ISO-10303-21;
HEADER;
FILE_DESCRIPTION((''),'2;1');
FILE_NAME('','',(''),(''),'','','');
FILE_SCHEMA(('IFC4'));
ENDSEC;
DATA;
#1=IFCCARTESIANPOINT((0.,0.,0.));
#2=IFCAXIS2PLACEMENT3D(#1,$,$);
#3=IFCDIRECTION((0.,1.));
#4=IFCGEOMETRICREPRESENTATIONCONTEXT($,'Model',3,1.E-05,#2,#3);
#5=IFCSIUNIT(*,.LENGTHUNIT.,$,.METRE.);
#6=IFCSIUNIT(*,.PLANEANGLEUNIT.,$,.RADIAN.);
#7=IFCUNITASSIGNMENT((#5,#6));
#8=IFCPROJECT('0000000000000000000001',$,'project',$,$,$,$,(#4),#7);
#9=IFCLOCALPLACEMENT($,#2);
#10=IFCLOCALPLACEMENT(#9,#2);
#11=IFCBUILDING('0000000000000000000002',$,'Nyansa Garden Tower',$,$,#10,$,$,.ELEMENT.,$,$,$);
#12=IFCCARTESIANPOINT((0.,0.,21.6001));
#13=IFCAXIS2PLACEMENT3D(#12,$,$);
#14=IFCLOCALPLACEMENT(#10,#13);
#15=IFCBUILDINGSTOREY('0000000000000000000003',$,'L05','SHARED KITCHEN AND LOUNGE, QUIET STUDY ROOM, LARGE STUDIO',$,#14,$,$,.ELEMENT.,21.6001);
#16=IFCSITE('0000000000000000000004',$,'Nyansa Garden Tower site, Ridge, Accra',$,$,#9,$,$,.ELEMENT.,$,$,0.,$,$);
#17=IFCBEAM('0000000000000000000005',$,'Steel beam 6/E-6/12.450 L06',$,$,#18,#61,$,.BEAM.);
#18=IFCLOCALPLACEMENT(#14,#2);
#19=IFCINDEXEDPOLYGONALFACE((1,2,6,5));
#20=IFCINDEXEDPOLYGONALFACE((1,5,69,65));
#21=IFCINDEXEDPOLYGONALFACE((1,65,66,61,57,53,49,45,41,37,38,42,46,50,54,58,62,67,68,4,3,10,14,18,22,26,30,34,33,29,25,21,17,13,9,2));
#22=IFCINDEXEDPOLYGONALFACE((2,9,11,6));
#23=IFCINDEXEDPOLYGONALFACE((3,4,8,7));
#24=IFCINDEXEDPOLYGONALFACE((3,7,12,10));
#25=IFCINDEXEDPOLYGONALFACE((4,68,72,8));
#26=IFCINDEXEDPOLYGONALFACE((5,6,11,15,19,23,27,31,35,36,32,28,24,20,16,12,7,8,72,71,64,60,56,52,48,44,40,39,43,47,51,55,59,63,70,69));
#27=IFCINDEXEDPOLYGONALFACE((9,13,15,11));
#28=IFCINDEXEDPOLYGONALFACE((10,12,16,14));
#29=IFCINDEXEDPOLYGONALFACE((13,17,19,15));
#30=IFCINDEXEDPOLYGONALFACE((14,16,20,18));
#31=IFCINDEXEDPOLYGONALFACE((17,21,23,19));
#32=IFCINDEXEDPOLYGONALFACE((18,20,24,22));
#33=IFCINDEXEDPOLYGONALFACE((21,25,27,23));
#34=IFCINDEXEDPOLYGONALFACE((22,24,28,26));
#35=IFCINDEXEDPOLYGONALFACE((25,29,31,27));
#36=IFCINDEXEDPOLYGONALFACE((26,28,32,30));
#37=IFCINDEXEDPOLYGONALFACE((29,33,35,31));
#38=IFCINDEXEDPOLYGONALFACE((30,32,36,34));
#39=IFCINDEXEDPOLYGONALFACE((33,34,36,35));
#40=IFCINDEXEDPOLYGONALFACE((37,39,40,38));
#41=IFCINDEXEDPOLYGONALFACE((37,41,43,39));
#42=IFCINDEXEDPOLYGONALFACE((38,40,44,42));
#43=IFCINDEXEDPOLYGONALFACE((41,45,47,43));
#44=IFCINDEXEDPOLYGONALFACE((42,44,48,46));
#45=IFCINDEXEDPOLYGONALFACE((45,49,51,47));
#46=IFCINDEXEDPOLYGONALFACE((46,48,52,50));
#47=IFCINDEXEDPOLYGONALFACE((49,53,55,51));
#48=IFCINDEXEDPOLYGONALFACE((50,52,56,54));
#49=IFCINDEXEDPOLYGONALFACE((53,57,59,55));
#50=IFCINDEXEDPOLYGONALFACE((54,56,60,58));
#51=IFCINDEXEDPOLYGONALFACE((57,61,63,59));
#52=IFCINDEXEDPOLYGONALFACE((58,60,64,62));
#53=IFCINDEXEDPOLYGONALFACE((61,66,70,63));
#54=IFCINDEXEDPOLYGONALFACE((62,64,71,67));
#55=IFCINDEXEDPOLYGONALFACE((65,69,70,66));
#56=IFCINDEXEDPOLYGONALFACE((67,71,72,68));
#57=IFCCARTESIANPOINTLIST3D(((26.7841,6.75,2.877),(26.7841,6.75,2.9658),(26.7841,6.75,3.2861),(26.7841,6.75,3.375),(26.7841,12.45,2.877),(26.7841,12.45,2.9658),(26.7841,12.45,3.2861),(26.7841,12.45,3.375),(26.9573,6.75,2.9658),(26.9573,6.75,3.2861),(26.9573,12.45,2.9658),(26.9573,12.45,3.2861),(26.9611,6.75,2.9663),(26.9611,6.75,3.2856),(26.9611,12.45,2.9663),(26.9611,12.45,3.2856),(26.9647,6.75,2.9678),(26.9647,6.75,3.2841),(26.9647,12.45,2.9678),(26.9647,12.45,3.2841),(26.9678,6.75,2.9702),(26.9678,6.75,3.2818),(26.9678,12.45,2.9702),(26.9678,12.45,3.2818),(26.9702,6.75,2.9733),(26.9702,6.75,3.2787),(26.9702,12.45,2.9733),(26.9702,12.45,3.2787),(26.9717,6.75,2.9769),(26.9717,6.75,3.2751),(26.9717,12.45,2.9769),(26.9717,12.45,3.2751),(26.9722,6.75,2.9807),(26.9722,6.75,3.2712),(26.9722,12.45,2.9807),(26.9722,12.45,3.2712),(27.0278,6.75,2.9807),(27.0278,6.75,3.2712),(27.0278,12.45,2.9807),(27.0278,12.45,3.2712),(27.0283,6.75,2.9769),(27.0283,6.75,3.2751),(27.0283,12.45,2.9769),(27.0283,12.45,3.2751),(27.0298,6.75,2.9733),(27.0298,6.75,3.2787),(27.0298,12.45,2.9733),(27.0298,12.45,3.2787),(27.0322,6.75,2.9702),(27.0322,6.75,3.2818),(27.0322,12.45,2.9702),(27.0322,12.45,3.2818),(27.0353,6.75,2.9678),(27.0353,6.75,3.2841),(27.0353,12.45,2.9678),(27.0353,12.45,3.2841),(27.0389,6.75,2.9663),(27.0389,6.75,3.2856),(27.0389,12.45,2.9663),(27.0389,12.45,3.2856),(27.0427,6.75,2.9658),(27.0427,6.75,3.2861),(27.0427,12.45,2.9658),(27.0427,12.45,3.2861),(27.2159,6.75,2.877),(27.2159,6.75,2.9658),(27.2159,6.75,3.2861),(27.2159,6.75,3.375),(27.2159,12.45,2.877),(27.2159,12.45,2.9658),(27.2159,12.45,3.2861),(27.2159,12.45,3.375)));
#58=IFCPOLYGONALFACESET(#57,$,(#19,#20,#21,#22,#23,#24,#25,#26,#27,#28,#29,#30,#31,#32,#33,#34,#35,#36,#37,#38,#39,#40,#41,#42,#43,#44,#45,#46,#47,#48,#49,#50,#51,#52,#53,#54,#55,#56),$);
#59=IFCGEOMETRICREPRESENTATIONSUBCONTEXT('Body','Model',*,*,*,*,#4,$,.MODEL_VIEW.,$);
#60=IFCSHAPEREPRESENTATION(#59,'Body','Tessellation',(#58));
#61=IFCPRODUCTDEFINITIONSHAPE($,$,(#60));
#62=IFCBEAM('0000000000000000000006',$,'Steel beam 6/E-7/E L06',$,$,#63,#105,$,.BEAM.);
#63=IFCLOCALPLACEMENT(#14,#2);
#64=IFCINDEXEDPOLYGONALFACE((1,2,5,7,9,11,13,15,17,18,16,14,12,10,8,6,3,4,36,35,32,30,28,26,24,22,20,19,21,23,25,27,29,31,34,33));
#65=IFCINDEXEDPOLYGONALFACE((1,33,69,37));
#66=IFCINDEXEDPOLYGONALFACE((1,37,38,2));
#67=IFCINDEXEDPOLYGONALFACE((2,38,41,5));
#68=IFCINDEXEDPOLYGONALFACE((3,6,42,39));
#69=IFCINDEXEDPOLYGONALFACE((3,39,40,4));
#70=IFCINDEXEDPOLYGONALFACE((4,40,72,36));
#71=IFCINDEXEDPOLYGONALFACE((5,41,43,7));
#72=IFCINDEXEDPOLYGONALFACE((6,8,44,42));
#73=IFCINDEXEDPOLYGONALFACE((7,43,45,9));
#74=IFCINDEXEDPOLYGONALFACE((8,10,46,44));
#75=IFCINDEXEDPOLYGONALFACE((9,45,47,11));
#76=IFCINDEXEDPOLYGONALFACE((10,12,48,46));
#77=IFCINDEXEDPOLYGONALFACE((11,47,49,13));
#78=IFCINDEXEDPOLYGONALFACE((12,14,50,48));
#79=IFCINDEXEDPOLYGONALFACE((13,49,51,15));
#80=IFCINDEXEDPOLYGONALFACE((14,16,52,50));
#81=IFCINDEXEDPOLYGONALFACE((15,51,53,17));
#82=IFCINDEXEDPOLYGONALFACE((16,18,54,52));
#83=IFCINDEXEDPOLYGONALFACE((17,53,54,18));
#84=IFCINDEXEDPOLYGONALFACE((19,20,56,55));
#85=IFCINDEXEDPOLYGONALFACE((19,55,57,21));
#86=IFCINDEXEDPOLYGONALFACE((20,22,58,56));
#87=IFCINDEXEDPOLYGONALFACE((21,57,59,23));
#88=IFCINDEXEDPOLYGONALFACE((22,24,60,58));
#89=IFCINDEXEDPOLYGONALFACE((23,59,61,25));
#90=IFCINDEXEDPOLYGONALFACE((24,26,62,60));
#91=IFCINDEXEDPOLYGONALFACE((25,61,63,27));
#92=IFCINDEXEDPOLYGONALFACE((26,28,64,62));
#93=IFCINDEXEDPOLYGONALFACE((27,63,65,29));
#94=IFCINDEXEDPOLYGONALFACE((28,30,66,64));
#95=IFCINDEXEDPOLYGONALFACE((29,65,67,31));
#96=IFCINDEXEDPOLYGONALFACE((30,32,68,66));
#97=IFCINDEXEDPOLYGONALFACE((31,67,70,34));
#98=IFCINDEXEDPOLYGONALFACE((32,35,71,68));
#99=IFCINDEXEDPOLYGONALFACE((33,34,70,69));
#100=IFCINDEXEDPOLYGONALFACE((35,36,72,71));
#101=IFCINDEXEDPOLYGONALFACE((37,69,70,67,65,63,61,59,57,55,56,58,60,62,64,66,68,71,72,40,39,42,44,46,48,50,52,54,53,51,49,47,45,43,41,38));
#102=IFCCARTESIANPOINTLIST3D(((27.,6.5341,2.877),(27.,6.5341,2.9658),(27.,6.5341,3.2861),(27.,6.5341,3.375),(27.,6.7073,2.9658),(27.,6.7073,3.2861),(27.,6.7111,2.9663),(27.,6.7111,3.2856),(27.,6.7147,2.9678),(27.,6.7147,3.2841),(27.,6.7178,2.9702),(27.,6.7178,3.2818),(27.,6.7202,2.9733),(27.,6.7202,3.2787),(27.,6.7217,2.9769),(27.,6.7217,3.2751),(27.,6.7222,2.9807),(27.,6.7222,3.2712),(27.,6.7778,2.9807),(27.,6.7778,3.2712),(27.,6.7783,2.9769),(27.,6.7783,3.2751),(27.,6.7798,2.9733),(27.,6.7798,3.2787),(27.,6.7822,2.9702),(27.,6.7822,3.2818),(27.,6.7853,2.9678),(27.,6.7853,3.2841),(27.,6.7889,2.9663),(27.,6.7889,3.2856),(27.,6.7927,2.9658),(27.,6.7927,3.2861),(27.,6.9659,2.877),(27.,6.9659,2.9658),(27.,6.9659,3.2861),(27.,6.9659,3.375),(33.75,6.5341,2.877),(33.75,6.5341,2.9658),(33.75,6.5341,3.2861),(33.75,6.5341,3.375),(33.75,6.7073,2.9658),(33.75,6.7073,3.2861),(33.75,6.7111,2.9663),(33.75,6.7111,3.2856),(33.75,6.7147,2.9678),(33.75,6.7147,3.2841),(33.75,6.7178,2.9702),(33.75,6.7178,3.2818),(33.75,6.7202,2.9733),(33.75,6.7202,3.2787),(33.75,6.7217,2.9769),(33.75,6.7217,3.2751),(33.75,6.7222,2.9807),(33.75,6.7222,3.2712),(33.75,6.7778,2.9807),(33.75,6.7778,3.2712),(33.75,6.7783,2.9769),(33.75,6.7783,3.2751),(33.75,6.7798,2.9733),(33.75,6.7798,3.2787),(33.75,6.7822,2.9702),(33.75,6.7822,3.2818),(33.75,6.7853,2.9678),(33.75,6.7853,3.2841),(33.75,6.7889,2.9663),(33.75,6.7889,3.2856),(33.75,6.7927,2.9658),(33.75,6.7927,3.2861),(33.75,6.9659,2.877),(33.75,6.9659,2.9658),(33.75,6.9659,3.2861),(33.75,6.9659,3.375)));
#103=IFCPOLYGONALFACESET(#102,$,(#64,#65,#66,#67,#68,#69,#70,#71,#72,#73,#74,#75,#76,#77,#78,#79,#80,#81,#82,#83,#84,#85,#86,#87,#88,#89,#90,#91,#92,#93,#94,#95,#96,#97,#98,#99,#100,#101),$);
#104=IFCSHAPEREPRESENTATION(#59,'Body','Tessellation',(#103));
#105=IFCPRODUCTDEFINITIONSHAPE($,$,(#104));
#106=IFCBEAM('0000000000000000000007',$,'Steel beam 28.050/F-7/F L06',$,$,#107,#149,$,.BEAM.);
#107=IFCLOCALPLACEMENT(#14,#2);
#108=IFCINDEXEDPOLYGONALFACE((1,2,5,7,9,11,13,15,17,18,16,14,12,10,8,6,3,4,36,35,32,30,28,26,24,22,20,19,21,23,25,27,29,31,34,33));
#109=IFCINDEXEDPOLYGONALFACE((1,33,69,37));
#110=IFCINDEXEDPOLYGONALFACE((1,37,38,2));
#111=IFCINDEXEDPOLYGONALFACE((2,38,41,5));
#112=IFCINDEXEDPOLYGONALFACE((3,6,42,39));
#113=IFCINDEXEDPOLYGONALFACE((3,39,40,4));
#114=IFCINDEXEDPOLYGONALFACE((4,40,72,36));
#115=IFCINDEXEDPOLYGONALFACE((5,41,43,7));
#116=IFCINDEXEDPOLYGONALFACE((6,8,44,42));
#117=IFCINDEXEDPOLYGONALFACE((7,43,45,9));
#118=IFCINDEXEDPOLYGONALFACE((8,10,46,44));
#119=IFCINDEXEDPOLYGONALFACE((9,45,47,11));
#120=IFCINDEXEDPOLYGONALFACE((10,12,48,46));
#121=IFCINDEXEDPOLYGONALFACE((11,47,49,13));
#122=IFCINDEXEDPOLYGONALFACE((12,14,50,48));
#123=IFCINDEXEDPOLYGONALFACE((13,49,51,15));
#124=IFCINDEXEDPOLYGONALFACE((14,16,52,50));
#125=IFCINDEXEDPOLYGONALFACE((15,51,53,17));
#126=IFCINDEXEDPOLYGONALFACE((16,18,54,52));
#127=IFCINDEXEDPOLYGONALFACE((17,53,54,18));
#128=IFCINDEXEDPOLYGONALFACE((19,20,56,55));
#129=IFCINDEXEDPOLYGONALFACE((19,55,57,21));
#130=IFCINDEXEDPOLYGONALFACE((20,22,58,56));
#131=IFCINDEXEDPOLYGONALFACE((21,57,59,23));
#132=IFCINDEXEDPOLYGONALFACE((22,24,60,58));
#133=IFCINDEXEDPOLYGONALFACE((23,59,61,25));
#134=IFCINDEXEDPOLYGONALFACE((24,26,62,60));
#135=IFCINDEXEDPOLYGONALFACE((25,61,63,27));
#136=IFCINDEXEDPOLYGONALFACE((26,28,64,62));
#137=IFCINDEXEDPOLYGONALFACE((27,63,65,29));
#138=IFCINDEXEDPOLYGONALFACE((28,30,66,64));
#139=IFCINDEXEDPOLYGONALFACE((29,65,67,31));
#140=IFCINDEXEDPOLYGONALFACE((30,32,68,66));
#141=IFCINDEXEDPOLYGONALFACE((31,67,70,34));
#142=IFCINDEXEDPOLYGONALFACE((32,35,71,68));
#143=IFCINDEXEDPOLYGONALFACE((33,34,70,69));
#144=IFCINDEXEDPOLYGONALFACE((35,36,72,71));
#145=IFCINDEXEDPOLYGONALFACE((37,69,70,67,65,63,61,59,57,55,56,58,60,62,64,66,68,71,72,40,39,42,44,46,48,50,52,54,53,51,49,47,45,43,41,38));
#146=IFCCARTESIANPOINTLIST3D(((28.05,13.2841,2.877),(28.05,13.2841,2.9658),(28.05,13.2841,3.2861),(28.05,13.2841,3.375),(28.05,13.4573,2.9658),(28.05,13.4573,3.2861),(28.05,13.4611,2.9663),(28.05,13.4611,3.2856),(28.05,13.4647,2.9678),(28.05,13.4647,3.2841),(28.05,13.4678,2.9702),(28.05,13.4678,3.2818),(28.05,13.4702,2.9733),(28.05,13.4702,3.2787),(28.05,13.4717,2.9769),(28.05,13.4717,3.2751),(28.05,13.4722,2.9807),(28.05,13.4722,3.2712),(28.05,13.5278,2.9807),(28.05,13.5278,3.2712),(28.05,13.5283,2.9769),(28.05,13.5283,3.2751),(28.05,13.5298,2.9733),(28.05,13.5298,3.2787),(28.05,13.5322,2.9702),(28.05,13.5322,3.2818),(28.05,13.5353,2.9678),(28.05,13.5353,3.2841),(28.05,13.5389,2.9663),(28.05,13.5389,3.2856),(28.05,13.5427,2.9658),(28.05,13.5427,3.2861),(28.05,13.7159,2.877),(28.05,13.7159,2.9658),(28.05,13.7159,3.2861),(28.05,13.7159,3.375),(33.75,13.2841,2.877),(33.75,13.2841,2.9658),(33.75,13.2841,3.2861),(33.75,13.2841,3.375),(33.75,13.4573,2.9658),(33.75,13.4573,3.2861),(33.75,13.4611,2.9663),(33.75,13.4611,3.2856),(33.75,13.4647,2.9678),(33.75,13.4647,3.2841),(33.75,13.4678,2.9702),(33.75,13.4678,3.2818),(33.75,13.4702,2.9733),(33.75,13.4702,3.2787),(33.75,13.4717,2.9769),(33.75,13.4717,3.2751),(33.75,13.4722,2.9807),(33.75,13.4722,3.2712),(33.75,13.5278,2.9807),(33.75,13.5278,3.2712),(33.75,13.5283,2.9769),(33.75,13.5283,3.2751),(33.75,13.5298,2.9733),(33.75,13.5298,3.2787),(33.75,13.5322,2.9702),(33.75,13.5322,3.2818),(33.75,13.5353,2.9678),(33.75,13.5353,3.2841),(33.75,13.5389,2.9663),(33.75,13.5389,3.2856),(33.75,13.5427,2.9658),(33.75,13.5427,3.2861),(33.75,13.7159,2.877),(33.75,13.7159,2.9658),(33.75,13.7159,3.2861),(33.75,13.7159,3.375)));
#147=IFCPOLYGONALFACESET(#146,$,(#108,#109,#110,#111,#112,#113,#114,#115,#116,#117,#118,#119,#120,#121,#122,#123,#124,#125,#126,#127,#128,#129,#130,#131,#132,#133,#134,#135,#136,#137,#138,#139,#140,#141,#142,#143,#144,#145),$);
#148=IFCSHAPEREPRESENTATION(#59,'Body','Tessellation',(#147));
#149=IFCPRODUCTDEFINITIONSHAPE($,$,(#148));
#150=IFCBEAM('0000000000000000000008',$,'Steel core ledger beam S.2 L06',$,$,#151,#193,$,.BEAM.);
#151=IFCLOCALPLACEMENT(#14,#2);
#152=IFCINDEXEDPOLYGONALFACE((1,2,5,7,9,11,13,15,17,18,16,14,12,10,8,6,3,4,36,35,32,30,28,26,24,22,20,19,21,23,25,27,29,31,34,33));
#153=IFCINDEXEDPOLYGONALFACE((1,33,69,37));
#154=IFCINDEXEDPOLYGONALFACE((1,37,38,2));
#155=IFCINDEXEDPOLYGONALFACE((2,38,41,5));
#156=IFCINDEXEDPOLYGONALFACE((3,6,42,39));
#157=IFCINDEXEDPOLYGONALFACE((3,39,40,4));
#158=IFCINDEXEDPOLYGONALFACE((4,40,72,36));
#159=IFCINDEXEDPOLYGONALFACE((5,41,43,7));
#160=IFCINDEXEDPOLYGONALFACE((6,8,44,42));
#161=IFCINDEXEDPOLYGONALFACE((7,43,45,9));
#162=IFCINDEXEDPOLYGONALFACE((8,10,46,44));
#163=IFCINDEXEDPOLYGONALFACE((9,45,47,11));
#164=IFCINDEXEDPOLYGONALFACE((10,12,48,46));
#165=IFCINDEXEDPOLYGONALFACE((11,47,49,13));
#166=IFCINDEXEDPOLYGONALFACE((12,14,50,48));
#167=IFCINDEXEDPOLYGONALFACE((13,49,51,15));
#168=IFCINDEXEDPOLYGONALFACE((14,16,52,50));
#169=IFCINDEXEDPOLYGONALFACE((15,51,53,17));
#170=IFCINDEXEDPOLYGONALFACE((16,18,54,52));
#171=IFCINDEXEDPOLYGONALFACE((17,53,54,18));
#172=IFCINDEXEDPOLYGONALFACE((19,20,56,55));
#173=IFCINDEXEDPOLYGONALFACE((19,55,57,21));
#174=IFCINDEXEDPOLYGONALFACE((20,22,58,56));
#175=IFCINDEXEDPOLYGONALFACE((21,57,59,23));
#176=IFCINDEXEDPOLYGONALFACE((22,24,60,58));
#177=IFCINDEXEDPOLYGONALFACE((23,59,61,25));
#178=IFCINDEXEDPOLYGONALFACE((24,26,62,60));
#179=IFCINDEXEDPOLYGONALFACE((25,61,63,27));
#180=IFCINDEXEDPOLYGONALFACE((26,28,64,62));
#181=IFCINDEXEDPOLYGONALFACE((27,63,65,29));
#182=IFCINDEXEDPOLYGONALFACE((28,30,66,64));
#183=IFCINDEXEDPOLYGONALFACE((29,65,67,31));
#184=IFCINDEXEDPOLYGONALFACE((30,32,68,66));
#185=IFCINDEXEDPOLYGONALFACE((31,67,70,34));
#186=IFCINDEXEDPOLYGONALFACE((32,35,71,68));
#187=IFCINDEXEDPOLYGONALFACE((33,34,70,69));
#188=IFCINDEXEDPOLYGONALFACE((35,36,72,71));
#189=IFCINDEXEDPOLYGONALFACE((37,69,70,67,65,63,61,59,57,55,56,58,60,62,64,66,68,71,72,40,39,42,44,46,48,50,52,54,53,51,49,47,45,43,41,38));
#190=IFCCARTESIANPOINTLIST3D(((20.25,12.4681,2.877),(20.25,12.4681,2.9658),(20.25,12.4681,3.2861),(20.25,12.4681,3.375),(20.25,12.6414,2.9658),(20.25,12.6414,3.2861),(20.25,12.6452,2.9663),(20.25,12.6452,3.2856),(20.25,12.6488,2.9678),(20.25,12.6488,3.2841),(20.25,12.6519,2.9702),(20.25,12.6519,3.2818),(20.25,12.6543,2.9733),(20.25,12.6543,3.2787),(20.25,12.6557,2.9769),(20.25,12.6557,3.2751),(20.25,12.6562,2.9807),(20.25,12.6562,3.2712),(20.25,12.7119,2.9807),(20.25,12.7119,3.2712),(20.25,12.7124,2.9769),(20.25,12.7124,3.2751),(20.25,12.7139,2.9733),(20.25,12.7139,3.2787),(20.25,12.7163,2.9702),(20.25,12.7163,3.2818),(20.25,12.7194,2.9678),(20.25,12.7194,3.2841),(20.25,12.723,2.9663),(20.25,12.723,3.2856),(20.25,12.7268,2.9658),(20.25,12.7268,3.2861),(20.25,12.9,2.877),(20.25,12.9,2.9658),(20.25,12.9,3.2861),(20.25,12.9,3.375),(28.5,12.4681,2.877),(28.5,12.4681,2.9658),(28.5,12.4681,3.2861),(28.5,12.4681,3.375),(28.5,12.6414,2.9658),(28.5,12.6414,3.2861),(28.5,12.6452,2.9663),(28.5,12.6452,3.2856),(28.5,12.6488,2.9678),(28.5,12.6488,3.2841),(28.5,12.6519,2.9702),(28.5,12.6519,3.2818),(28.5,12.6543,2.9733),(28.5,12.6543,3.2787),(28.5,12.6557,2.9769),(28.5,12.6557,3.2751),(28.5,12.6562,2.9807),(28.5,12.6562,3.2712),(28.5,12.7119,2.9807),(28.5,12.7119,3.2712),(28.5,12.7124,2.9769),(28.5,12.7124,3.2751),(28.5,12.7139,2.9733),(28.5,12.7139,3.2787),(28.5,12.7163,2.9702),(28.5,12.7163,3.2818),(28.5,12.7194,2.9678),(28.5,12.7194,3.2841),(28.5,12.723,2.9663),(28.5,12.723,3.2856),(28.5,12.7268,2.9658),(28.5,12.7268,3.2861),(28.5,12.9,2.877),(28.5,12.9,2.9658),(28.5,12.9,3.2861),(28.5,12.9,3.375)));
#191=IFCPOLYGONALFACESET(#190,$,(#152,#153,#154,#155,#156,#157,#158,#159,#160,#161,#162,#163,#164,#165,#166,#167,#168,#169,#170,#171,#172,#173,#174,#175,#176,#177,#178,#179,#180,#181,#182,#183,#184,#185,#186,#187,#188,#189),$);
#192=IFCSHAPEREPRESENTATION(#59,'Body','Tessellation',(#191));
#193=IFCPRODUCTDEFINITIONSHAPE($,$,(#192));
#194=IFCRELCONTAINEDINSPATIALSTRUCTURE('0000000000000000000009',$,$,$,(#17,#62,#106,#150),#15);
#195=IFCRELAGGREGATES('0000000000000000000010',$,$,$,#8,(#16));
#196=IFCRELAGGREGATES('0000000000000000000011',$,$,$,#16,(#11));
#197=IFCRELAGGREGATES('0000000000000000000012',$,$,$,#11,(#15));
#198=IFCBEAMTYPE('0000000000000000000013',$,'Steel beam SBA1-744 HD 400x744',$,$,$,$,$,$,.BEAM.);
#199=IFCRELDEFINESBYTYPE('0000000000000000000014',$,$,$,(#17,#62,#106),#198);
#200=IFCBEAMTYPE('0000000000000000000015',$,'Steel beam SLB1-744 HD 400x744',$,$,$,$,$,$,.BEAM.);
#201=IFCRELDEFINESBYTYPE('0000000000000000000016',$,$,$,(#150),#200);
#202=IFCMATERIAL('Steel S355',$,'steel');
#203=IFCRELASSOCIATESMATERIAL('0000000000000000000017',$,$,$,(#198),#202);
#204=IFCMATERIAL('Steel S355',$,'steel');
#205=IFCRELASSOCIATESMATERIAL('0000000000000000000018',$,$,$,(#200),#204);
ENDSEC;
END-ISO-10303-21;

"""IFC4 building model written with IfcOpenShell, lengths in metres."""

from ifc_helpers import new_model, si_unit, direction, frame, origin, origin_2d, place, context, subcontext, project, spatial, i_section, extrude, material, material_profile, profile_set, type_object, element, save


model = new_model("IFC4")

# Units and contexts
model_context = context("Model", 3, precision=1e-05, world=origin(), true_north=direction((0.0, 1.0)))
body_context = subcontext(model_context, "Body", "Model", "MODEL_VIEW")
ifc_project = project(units=[si_unit("LENGTHUNIT", "METRE"), si_unit("PLANEANGLEUNIT", "RADIAN")], contexts=[model_context])

# Site, building, storey
site_placement = place(None, origin())
site = spatial("IfcSite", under=ifc_project, at=site_placement, Name="Nyansa Garden Tower site, Ridge, Accra", CompositionType="ELEMENT", RefElevation=0.0)
building_placement = place(site_placement, origin())
building = spatial("IfcBuilding", under=site, at=building_placement, Name="Nyansa Garden Tower", CompositionType="ELEMENT")
storey_placement = place(building_placement, frame((0.0, 0.0, 21.6001)))
storey = spatial("IfcBuildingStorey", under=building, at=storey_placement, Name="L05", Description="SHARED KITCHEN AND LOUNGE, QUIET STUDY ROOM, LARGE STUDIO", CompositionType="ELEMENT", Elevation=21.6001)

# Beams
ifc_material_1 = material(Name="Steel S355", Category="steel")
ifc_material_profile_1 = material_profile(ifc_material_1, i_section(OverallWidth=0.4319, OverallDepth=0.498, WebThickness=0.0557, FlangeThickness=0.0889, FilletRadius=0.0149, at=origin_2d()), Name="HD 400x744")
ifc_profile_set_1 = profile_set([ifc_material_profile_1], Name="Steel S355")
beam_type_1 = type_object("IfcBeamType", Name="Steel beam SBA1-744 HD 400x744", PredefinedType="BEAM", material=ifc_profile_set_1)
beam_1_placement = place(storey_placement, frame((27.0, 6.75, 3.126), z_axis=(0.0, 1.0, 0.0), x_axis=(-1.0, 0.0, 0.0)))
element("IfcBeam", 1, at=beam_1_placement, inside=storey, type_object=beam_type_1, Name="Steel beam 6/E-6/12.450 L06", PredefinedType="BEAM", context=body_context, shape_type="SweptSolid", body=[
    extrude(i_section(OverallWidth=0.4319, OverallDepth=0.498, WebThickness=0.0557, FlangeThickness=0.0889, FilletRadius=0.0149, at=origin_2d()), origin(), (0.0, 0.0, 1.0), 5.7),
])
beam_2_placement = place(storey_placement, frame((27.0, 6.75, 3.126), z_axis=(1.0, 0.0, 0.0), x_axis=(0.0, 1.0, 0.0)))
element("IfcBeam", 2, at=beam_2_placement, inside=storey, type_object=beam_type_1, Name="Steel beam 6/E-7/E L06", PredefinedType="BEAM", context=body_context, shape_type="SweptSolid", body=[
    extrude(i_section(OverallWidth=0.4319, OverallDepth=0.498, WebThickness=0.0557, FlangeThickness=0.0889, FilletRadius=0.0149, at=origin_2d()), origin(), (0.0, 0.0, 1.0), 6.75),
])
beam_3_placement = place(storey_placement, frame((28.05, 13.5, 3.126), z_axis=(1.0, 0.0, 0.0), x_axis=(0.0, 1.0, 0.0)))
element("IfcBeam", 3, at=beam_3_placement, inside=storey, type_object=beam_type_1, Name="Steel beam 28.050/F-7/F L06", PredefinedType="BEAM", context=body_context, shape_type="SweptSolid", body=[
    extrude(i_section(OverallWidth=0.4319, OverallDepth=0.498, WebThickness=0.0557, FlangeThickness=0.0889, FilletRadius=0.0149, at=origin_2d()), origin(), (0.0, 0.0, 1.0), 5.7),
])
ifc_material_2 = material(Name="Steel S355", Category="steel")
ifc_material_profile_2 = material_profile(ifc_material_2, i_section(OverallWidth=0.4319, OverallDepth=0.498, WebThickness=0.0557, FlangeThickness=0.0889, FilletRadius=0.0149, at=origin_2d()), Name="HD 400x744")
ifc_profile_set_2 = profile_set([ifc_material_profile_2], Name="Steel S355")
beam_type_2 = type_object("IfcBeamType", Name="Steel beam SLB1-744 HD 400x744", PredefinedType="BEAM", material=ifc_profile_set_2)
beam_4_placement = place(storey_placement, frame((20.25, 12.6841, 3.126), z_axis=(1.0, 0.0, 0.0), x_axis=(0.0, 1.0, 0.0)))
element("IfcBeam", 4, at=beam_4_placement, inside=storey, type_object=beam_type_2, Name="Steel core ledger beam S.2 L06", PredefinedType="BEAM", context=body_context, shape_type="SweptSolid", body=[
    extrude(i_section(OverallWidth=0.4319, OverallDepth=0.498, WebThickness=0.0557, FlangeThickness=0.0889, FilletRadius=0.0149, at=origin_2d()), origin(), (0.0, 0.0, 1.0), 8.25),
])

save(model, "model.ifc")
